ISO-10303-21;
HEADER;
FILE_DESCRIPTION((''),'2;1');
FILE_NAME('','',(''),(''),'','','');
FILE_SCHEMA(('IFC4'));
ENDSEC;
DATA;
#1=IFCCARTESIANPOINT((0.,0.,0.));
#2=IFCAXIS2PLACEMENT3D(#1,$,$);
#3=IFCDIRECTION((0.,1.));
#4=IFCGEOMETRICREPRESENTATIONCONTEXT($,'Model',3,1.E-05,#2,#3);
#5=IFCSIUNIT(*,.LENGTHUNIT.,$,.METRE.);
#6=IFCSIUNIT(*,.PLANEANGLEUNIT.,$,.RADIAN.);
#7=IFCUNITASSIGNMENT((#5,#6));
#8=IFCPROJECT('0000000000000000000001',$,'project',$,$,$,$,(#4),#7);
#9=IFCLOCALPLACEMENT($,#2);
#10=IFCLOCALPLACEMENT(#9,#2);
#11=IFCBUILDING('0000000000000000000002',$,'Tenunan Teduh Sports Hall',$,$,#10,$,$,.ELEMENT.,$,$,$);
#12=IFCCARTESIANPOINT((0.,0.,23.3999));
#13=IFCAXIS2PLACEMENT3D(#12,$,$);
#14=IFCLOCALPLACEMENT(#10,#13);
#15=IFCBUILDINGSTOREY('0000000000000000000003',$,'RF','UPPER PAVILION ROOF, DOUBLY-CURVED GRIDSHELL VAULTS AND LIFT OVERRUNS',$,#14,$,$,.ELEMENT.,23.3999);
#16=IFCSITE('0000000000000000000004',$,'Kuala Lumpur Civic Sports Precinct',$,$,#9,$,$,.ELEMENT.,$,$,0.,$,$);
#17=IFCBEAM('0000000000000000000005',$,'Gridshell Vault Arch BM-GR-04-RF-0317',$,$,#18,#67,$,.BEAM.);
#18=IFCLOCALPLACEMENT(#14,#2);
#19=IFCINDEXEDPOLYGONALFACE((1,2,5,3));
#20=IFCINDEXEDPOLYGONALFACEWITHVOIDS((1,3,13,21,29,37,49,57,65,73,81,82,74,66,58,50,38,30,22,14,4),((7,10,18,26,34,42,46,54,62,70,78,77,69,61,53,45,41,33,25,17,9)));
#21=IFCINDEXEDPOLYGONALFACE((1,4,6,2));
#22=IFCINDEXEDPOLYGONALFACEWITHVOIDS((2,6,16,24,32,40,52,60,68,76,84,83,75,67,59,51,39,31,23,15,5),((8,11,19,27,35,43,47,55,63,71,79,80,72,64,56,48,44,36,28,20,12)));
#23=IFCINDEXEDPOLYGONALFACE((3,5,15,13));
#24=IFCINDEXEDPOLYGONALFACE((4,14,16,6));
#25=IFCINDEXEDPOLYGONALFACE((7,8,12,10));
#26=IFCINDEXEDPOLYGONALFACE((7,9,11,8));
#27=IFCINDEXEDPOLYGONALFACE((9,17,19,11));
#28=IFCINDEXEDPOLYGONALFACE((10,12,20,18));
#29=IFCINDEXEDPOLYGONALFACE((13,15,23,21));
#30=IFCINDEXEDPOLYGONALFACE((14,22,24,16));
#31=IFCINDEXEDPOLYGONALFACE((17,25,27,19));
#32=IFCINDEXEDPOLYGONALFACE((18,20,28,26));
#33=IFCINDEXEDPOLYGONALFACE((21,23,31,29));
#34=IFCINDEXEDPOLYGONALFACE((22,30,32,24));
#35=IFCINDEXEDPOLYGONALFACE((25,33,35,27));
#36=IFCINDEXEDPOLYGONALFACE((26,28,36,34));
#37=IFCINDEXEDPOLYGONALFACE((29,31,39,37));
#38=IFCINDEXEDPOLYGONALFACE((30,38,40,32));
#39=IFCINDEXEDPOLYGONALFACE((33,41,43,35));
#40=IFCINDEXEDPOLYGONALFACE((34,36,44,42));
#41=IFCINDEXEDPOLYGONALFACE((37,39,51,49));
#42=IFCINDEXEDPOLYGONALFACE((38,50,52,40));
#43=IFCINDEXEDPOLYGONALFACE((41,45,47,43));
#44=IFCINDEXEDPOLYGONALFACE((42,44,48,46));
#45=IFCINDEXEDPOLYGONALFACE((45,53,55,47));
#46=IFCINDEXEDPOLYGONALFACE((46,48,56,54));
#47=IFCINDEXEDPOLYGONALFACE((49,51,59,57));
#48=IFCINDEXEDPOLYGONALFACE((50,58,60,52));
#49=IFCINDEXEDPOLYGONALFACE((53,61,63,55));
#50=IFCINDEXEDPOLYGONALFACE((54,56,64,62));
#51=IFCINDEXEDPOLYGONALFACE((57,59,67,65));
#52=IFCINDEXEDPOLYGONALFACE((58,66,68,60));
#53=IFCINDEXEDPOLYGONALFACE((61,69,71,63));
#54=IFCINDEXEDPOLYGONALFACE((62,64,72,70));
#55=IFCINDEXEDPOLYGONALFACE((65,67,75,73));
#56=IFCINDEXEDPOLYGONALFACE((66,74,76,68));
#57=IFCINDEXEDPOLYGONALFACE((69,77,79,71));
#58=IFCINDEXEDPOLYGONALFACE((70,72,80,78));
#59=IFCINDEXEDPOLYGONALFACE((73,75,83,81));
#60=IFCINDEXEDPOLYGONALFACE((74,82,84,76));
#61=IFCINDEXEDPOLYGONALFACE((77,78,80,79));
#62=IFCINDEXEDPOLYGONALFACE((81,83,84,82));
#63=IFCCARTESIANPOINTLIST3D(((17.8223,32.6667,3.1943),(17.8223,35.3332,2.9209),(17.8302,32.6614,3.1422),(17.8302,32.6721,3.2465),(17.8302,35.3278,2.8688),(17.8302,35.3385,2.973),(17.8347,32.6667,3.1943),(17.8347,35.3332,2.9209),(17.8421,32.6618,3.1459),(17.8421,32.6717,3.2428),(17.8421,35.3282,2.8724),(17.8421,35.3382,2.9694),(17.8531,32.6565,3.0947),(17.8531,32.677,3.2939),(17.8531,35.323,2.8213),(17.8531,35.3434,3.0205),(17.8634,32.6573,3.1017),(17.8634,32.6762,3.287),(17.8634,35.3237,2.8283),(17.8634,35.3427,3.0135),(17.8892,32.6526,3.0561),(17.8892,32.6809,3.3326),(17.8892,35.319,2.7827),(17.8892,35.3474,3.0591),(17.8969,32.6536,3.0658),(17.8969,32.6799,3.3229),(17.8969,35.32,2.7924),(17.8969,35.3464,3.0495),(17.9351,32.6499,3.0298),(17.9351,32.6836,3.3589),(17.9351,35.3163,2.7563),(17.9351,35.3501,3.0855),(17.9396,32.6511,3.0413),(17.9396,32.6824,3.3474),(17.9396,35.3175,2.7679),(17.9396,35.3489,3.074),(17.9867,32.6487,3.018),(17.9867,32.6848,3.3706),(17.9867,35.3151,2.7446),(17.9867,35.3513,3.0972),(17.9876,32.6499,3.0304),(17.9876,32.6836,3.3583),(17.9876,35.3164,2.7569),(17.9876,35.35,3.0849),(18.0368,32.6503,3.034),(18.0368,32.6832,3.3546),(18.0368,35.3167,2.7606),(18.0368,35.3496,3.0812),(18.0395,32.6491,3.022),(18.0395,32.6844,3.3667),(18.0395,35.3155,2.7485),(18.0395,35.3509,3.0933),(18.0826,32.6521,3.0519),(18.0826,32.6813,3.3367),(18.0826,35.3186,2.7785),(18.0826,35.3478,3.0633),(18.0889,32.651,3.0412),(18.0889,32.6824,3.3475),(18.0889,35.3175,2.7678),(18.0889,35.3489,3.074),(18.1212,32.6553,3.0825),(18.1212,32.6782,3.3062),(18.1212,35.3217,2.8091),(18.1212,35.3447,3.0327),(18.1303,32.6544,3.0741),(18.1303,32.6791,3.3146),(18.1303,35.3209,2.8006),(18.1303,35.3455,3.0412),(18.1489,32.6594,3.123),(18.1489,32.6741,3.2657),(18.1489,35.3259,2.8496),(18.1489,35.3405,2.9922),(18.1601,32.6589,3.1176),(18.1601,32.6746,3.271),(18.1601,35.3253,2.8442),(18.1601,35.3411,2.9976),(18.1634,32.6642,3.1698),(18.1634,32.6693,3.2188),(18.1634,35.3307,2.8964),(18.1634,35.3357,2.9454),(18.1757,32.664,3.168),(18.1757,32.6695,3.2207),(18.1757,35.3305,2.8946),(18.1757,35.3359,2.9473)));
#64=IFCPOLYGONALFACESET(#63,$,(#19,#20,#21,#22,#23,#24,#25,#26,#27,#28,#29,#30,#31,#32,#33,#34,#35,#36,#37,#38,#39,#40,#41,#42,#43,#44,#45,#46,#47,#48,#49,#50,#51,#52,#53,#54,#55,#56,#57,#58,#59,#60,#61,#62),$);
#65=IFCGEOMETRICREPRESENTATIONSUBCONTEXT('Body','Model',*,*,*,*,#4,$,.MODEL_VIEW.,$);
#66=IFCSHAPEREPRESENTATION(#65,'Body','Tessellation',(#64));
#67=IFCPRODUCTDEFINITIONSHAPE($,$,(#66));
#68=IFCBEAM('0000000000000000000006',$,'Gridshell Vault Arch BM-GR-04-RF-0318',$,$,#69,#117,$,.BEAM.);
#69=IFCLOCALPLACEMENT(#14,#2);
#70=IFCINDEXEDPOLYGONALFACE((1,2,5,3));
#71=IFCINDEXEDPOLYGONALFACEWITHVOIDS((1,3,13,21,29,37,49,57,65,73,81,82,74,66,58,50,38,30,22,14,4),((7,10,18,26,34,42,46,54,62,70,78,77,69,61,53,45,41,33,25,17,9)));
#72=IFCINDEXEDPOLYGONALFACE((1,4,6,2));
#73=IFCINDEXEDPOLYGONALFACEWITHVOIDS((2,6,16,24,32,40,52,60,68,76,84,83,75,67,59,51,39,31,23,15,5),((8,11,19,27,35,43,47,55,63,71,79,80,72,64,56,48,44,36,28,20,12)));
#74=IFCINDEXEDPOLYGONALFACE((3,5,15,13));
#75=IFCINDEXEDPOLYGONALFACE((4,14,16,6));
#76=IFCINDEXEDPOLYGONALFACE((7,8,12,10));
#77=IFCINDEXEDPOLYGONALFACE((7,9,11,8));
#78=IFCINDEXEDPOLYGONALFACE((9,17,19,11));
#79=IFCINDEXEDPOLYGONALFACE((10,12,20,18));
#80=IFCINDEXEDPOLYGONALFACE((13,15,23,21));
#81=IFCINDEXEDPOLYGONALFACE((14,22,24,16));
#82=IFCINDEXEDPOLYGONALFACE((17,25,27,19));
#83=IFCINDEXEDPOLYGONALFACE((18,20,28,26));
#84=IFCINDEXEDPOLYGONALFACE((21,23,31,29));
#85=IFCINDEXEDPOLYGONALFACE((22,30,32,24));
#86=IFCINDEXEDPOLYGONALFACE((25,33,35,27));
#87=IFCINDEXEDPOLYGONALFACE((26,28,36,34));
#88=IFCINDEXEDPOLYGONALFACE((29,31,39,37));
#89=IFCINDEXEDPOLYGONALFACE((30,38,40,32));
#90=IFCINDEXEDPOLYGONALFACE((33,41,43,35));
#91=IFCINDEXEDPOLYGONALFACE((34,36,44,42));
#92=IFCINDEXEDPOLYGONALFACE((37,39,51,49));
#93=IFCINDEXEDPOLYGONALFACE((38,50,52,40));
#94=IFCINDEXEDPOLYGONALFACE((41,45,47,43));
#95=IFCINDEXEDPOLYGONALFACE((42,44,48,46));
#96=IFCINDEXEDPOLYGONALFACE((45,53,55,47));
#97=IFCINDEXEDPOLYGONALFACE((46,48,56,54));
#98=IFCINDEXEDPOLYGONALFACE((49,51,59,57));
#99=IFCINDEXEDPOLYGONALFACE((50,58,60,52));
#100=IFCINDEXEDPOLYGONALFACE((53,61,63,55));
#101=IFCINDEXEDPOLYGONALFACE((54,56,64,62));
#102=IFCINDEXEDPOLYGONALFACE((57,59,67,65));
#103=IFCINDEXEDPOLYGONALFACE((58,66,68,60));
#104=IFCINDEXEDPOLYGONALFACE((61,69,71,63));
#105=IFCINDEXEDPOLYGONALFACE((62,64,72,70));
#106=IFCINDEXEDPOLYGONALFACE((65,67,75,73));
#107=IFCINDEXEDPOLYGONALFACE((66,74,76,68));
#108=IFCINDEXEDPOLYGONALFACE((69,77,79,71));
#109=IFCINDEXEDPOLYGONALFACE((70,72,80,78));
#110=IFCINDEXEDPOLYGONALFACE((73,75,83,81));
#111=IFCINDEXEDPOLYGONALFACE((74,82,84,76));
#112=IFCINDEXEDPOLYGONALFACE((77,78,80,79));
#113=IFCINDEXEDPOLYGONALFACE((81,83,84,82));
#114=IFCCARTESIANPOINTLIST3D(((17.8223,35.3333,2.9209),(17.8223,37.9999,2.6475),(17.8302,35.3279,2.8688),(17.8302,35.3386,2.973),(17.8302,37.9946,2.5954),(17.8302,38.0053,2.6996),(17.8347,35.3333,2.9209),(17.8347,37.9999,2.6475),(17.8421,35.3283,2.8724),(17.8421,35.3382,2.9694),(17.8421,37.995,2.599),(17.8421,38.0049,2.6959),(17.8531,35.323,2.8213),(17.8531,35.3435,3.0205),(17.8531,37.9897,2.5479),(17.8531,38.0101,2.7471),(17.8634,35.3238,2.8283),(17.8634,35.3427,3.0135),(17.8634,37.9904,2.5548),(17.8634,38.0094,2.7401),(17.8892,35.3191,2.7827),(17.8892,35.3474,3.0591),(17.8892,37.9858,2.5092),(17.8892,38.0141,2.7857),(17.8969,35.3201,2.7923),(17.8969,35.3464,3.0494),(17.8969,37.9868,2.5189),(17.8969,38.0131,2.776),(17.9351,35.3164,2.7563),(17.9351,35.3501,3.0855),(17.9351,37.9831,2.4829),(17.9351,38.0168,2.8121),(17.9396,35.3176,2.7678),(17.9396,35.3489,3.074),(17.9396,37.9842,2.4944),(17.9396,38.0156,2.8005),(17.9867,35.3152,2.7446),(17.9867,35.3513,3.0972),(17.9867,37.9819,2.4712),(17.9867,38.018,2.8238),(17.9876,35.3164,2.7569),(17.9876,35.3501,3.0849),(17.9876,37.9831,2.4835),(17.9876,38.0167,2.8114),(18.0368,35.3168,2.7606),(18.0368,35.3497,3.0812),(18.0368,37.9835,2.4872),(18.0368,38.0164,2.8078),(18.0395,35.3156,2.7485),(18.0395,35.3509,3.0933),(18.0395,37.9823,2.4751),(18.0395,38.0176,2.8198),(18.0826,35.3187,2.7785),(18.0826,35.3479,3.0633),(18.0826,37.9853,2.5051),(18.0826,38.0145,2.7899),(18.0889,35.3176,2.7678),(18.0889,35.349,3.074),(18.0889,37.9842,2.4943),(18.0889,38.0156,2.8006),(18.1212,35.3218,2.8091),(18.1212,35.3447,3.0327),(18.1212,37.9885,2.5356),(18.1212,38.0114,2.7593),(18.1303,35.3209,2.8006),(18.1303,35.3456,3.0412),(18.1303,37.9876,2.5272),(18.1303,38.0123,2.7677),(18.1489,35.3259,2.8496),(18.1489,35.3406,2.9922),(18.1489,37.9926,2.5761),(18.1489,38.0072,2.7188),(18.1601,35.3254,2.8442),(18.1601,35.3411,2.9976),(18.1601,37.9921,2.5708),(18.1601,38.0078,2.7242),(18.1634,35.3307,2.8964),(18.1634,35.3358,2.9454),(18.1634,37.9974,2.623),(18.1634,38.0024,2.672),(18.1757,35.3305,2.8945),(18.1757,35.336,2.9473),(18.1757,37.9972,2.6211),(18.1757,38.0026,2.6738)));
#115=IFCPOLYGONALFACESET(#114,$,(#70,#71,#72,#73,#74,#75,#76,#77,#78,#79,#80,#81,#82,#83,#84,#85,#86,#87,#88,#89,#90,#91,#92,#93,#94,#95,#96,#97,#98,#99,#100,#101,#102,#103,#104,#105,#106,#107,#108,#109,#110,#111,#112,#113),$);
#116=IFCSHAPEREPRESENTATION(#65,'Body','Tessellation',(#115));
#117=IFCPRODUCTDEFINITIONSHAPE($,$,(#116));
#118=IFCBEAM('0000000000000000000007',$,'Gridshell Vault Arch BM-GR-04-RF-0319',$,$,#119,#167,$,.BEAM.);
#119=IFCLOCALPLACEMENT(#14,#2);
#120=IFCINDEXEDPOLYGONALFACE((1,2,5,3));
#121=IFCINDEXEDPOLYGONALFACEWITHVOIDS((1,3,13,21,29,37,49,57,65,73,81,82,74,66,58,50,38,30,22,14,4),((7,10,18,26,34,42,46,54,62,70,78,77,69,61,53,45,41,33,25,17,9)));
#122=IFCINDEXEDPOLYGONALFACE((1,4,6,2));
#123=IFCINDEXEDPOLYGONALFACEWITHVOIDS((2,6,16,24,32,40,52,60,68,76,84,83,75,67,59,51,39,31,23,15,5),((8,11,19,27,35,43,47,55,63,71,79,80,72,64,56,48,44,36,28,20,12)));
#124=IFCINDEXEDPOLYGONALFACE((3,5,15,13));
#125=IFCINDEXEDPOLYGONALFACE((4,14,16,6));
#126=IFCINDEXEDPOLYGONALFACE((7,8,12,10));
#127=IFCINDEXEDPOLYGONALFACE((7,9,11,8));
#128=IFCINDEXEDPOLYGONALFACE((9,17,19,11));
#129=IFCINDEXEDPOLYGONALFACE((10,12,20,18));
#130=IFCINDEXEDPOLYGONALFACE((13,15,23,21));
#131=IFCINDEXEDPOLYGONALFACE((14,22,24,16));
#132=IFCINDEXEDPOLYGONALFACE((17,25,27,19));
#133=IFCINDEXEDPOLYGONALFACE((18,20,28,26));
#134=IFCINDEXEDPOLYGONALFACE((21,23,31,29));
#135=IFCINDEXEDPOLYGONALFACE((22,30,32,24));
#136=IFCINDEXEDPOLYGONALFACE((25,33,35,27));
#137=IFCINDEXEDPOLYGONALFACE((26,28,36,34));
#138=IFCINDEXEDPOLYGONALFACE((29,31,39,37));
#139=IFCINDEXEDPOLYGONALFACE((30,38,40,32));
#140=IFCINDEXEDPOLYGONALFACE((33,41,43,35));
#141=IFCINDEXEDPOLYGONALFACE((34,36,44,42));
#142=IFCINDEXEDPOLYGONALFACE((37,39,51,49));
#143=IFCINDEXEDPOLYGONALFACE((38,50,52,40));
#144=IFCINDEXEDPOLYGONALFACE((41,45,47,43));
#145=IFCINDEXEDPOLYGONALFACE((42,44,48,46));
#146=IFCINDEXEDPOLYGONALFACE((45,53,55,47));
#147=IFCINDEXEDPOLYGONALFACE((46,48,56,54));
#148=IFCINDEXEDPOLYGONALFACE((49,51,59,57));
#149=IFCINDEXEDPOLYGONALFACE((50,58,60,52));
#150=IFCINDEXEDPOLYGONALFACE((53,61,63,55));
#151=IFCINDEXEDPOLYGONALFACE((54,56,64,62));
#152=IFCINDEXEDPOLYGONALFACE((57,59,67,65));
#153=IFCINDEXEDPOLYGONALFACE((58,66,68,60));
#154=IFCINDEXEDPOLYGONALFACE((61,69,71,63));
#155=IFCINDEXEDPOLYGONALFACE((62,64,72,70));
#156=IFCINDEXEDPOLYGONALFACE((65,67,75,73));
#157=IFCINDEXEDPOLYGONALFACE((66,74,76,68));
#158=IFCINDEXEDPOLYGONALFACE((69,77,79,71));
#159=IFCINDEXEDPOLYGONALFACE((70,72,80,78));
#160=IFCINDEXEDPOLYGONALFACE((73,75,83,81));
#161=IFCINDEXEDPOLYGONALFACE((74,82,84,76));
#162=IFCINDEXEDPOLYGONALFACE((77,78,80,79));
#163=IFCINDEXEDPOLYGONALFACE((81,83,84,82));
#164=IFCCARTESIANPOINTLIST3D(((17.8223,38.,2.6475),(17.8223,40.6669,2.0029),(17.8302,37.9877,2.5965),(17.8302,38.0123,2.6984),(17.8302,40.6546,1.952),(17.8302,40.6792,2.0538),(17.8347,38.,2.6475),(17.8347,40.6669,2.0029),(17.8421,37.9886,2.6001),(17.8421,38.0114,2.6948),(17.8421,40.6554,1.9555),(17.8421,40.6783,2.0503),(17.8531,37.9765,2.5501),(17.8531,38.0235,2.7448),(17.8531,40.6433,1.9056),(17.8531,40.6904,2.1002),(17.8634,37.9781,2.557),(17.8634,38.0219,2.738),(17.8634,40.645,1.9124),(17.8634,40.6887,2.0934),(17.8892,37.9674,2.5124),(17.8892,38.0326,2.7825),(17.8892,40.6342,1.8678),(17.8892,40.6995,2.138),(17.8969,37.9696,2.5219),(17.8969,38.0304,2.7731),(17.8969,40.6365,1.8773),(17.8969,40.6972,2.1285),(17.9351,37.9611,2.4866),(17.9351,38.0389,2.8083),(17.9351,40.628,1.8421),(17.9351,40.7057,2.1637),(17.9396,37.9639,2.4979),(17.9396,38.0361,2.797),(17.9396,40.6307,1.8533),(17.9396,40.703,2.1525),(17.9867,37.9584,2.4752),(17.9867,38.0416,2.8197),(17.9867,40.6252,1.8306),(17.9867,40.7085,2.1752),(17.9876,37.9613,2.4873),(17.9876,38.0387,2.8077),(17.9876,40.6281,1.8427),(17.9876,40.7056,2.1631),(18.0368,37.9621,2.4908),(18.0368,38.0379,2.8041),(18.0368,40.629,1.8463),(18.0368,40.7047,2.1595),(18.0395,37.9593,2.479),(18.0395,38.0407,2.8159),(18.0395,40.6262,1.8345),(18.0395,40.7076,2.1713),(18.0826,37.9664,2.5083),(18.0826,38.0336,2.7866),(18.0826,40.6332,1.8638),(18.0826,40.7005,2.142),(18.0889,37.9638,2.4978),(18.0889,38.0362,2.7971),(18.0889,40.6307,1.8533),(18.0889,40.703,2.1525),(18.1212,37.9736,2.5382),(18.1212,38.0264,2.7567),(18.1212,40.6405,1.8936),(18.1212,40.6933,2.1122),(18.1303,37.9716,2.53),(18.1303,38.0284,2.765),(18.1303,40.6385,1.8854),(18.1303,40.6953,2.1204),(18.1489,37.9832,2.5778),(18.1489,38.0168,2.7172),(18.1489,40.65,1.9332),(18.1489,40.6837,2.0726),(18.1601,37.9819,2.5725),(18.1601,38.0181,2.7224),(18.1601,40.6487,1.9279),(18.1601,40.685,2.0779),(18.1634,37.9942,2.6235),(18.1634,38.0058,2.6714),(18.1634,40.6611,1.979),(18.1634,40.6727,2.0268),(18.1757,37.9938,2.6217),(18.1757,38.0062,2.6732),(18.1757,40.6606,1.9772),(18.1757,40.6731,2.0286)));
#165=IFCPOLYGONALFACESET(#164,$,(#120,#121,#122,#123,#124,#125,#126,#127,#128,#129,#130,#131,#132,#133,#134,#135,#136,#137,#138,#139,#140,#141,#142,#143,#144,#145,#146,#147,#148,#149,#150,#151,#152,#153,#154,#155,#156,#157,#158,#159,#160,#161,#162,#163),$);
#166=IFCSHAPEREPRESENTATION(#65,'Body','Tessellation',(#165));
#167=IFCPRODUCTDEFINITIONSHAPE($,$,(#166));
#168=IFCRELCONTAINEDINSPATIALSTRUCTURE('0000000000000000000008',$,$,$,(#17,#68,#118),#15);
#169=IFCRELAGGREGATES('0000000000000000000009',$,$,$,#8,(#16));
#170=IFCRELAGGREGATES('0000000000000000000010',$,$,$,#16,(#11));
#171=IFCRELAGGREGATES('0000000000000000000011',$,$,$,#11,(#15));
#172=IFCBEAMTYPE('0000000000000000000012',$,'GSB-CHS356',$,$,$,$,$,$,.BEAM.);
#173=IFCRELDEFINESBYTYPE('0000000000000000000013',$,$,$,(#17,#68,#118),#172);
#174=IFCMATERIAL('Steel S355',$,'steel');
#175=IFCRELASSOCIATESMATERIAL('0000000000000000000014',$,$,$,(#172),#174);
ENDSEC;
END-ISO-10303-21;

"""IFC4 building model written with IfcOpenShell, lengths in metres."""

from ifc_helpers import new_model, si_unit, direction, frame, origin, origin_2d, place, context, subcontext, project, spatial, hollow_circle, extrude, material, material_profile, profile_set, type_object, element, save


model = new_model("IFC4")

# Units and contexts
model_context = context("Model", 3, precision=1e-05, world=origin(), true_north=direction((0.0, 1.0)))
body_context = subcontext(model_context, "Body", "Model", "MODEL_VIEW")
ifc_project = project(units=[si_unit("LENGTHUNIT", "METRE"), si_unit("PLANEANGLEUNIT", "RADIAN")], contexts=[model_context])

# Site, building, storey
site_placement = place(None, origin())
site = spatial("IfcSite", under=ifc_project, at=site_placement, Name="Kuala Lumpur Civic Sports Precinct", CompositionType="ELEMENT", RefElevation=0.0)
building_placement = place(site_placement, origin())
building = spatial("IfcBuilding", under=site, at=building_placement, Name="Tenunan Teduh Sports Hall", CompositionType="ELEMENT")
storey_placement = place(building_placement, frame((0.0, 0.0, 23.3999)))
storey = spatial("IfcBuildingStorey", under=building, at=storey_placement, Name="RF", Description="UPPER PAVILION ROOF, DOUBLY-CURVED GRIDSHELL VAULTS AND LIFT OVERRUNS", CompositionType="ELEMENT", Elevation=23.3999)

# Beams
ifc_material_1 = material(Name="Steel S355", Category="steel")
ifc_material_profile_1 = material_profile(ifc_material_1, hollow_circle(Radius=0.1777, WallThickness=0.0125, at=origin_2d()), Name="CHS 355.6x12.5")
ifc_profile_set_1 = profile_set([ifc_material_profile_1], Name="Steel S355")
beam_type_1 = type_object("IfcBeamType", Name="GSB-CHS356", PredefinedType="BEAM", material=ifc_profile_set_1)
beam_1_placement = place(storey_placement, frame((18.0, 32.6667, 3.1943), z_axis=(0.0, 0.994783, -0.10201), x_axis=(-1.0, 0.0, 0.0)))
element("IfcBeam", 1, at=beam_1_placement, inside=storey, type_object=beam_type_1, Name="Gridshell Vault Arch BM-GR-04-RF-0317", PredefinedType="BEAM", context=body_context, shape_type="SweptSolid", body=[
    extrude(hollow_circle(Radius=0.1777, WallThickness=0.0125, at=origin_2d()), origin(), (0.0, 0.0, 1.0), 2.6804),
])
beam_2_placement = place(storey_placement, frame((18.0, 35.3333, 2.9209), z_axis=(0.0, 0.994784, -0.102001), x_axis=(-1.0, 0.0, 0.0)))
element("IfcBeam", 2, at=beam_2_placement, inside=storey, type_object=beam_type_1, Name="Gridshell Vault Arch BM-GR-04-RF-0318", PredefinedType="BEAM", context=body_context, shape_type="SweptSolid", body=[
    extrude(hollow_circle(Radius=0.1777, WallThickness=0.0125, at=origin_2d()), origin(), (0.0, 0.0, 1.0), 2.6807),
])
beam_3_placement = place(storey_placement, frame((18.0, 38.0, 2.6475), z_axis=(0.0, 0.972013, -0.234928), x_axis=(-1.0, 0.0, 0.0)))
element("IfcBeam", 3, at=beam_3_placement, inside=storey, type_object=beam_type_1, Name="Gridshell Vault Arch BM-GR-04-RF-0319", PredefinedType="BEAM", context=body_context, shape_type="SweptSolid", body=[
    extrude(hollow_circle(Radius=0.1777, WallThickness=0.0125, at=origin_2d()), origin(), (0.0, 0.0, 1.0), 2.7437),
])

save(model, "model.ifc")
